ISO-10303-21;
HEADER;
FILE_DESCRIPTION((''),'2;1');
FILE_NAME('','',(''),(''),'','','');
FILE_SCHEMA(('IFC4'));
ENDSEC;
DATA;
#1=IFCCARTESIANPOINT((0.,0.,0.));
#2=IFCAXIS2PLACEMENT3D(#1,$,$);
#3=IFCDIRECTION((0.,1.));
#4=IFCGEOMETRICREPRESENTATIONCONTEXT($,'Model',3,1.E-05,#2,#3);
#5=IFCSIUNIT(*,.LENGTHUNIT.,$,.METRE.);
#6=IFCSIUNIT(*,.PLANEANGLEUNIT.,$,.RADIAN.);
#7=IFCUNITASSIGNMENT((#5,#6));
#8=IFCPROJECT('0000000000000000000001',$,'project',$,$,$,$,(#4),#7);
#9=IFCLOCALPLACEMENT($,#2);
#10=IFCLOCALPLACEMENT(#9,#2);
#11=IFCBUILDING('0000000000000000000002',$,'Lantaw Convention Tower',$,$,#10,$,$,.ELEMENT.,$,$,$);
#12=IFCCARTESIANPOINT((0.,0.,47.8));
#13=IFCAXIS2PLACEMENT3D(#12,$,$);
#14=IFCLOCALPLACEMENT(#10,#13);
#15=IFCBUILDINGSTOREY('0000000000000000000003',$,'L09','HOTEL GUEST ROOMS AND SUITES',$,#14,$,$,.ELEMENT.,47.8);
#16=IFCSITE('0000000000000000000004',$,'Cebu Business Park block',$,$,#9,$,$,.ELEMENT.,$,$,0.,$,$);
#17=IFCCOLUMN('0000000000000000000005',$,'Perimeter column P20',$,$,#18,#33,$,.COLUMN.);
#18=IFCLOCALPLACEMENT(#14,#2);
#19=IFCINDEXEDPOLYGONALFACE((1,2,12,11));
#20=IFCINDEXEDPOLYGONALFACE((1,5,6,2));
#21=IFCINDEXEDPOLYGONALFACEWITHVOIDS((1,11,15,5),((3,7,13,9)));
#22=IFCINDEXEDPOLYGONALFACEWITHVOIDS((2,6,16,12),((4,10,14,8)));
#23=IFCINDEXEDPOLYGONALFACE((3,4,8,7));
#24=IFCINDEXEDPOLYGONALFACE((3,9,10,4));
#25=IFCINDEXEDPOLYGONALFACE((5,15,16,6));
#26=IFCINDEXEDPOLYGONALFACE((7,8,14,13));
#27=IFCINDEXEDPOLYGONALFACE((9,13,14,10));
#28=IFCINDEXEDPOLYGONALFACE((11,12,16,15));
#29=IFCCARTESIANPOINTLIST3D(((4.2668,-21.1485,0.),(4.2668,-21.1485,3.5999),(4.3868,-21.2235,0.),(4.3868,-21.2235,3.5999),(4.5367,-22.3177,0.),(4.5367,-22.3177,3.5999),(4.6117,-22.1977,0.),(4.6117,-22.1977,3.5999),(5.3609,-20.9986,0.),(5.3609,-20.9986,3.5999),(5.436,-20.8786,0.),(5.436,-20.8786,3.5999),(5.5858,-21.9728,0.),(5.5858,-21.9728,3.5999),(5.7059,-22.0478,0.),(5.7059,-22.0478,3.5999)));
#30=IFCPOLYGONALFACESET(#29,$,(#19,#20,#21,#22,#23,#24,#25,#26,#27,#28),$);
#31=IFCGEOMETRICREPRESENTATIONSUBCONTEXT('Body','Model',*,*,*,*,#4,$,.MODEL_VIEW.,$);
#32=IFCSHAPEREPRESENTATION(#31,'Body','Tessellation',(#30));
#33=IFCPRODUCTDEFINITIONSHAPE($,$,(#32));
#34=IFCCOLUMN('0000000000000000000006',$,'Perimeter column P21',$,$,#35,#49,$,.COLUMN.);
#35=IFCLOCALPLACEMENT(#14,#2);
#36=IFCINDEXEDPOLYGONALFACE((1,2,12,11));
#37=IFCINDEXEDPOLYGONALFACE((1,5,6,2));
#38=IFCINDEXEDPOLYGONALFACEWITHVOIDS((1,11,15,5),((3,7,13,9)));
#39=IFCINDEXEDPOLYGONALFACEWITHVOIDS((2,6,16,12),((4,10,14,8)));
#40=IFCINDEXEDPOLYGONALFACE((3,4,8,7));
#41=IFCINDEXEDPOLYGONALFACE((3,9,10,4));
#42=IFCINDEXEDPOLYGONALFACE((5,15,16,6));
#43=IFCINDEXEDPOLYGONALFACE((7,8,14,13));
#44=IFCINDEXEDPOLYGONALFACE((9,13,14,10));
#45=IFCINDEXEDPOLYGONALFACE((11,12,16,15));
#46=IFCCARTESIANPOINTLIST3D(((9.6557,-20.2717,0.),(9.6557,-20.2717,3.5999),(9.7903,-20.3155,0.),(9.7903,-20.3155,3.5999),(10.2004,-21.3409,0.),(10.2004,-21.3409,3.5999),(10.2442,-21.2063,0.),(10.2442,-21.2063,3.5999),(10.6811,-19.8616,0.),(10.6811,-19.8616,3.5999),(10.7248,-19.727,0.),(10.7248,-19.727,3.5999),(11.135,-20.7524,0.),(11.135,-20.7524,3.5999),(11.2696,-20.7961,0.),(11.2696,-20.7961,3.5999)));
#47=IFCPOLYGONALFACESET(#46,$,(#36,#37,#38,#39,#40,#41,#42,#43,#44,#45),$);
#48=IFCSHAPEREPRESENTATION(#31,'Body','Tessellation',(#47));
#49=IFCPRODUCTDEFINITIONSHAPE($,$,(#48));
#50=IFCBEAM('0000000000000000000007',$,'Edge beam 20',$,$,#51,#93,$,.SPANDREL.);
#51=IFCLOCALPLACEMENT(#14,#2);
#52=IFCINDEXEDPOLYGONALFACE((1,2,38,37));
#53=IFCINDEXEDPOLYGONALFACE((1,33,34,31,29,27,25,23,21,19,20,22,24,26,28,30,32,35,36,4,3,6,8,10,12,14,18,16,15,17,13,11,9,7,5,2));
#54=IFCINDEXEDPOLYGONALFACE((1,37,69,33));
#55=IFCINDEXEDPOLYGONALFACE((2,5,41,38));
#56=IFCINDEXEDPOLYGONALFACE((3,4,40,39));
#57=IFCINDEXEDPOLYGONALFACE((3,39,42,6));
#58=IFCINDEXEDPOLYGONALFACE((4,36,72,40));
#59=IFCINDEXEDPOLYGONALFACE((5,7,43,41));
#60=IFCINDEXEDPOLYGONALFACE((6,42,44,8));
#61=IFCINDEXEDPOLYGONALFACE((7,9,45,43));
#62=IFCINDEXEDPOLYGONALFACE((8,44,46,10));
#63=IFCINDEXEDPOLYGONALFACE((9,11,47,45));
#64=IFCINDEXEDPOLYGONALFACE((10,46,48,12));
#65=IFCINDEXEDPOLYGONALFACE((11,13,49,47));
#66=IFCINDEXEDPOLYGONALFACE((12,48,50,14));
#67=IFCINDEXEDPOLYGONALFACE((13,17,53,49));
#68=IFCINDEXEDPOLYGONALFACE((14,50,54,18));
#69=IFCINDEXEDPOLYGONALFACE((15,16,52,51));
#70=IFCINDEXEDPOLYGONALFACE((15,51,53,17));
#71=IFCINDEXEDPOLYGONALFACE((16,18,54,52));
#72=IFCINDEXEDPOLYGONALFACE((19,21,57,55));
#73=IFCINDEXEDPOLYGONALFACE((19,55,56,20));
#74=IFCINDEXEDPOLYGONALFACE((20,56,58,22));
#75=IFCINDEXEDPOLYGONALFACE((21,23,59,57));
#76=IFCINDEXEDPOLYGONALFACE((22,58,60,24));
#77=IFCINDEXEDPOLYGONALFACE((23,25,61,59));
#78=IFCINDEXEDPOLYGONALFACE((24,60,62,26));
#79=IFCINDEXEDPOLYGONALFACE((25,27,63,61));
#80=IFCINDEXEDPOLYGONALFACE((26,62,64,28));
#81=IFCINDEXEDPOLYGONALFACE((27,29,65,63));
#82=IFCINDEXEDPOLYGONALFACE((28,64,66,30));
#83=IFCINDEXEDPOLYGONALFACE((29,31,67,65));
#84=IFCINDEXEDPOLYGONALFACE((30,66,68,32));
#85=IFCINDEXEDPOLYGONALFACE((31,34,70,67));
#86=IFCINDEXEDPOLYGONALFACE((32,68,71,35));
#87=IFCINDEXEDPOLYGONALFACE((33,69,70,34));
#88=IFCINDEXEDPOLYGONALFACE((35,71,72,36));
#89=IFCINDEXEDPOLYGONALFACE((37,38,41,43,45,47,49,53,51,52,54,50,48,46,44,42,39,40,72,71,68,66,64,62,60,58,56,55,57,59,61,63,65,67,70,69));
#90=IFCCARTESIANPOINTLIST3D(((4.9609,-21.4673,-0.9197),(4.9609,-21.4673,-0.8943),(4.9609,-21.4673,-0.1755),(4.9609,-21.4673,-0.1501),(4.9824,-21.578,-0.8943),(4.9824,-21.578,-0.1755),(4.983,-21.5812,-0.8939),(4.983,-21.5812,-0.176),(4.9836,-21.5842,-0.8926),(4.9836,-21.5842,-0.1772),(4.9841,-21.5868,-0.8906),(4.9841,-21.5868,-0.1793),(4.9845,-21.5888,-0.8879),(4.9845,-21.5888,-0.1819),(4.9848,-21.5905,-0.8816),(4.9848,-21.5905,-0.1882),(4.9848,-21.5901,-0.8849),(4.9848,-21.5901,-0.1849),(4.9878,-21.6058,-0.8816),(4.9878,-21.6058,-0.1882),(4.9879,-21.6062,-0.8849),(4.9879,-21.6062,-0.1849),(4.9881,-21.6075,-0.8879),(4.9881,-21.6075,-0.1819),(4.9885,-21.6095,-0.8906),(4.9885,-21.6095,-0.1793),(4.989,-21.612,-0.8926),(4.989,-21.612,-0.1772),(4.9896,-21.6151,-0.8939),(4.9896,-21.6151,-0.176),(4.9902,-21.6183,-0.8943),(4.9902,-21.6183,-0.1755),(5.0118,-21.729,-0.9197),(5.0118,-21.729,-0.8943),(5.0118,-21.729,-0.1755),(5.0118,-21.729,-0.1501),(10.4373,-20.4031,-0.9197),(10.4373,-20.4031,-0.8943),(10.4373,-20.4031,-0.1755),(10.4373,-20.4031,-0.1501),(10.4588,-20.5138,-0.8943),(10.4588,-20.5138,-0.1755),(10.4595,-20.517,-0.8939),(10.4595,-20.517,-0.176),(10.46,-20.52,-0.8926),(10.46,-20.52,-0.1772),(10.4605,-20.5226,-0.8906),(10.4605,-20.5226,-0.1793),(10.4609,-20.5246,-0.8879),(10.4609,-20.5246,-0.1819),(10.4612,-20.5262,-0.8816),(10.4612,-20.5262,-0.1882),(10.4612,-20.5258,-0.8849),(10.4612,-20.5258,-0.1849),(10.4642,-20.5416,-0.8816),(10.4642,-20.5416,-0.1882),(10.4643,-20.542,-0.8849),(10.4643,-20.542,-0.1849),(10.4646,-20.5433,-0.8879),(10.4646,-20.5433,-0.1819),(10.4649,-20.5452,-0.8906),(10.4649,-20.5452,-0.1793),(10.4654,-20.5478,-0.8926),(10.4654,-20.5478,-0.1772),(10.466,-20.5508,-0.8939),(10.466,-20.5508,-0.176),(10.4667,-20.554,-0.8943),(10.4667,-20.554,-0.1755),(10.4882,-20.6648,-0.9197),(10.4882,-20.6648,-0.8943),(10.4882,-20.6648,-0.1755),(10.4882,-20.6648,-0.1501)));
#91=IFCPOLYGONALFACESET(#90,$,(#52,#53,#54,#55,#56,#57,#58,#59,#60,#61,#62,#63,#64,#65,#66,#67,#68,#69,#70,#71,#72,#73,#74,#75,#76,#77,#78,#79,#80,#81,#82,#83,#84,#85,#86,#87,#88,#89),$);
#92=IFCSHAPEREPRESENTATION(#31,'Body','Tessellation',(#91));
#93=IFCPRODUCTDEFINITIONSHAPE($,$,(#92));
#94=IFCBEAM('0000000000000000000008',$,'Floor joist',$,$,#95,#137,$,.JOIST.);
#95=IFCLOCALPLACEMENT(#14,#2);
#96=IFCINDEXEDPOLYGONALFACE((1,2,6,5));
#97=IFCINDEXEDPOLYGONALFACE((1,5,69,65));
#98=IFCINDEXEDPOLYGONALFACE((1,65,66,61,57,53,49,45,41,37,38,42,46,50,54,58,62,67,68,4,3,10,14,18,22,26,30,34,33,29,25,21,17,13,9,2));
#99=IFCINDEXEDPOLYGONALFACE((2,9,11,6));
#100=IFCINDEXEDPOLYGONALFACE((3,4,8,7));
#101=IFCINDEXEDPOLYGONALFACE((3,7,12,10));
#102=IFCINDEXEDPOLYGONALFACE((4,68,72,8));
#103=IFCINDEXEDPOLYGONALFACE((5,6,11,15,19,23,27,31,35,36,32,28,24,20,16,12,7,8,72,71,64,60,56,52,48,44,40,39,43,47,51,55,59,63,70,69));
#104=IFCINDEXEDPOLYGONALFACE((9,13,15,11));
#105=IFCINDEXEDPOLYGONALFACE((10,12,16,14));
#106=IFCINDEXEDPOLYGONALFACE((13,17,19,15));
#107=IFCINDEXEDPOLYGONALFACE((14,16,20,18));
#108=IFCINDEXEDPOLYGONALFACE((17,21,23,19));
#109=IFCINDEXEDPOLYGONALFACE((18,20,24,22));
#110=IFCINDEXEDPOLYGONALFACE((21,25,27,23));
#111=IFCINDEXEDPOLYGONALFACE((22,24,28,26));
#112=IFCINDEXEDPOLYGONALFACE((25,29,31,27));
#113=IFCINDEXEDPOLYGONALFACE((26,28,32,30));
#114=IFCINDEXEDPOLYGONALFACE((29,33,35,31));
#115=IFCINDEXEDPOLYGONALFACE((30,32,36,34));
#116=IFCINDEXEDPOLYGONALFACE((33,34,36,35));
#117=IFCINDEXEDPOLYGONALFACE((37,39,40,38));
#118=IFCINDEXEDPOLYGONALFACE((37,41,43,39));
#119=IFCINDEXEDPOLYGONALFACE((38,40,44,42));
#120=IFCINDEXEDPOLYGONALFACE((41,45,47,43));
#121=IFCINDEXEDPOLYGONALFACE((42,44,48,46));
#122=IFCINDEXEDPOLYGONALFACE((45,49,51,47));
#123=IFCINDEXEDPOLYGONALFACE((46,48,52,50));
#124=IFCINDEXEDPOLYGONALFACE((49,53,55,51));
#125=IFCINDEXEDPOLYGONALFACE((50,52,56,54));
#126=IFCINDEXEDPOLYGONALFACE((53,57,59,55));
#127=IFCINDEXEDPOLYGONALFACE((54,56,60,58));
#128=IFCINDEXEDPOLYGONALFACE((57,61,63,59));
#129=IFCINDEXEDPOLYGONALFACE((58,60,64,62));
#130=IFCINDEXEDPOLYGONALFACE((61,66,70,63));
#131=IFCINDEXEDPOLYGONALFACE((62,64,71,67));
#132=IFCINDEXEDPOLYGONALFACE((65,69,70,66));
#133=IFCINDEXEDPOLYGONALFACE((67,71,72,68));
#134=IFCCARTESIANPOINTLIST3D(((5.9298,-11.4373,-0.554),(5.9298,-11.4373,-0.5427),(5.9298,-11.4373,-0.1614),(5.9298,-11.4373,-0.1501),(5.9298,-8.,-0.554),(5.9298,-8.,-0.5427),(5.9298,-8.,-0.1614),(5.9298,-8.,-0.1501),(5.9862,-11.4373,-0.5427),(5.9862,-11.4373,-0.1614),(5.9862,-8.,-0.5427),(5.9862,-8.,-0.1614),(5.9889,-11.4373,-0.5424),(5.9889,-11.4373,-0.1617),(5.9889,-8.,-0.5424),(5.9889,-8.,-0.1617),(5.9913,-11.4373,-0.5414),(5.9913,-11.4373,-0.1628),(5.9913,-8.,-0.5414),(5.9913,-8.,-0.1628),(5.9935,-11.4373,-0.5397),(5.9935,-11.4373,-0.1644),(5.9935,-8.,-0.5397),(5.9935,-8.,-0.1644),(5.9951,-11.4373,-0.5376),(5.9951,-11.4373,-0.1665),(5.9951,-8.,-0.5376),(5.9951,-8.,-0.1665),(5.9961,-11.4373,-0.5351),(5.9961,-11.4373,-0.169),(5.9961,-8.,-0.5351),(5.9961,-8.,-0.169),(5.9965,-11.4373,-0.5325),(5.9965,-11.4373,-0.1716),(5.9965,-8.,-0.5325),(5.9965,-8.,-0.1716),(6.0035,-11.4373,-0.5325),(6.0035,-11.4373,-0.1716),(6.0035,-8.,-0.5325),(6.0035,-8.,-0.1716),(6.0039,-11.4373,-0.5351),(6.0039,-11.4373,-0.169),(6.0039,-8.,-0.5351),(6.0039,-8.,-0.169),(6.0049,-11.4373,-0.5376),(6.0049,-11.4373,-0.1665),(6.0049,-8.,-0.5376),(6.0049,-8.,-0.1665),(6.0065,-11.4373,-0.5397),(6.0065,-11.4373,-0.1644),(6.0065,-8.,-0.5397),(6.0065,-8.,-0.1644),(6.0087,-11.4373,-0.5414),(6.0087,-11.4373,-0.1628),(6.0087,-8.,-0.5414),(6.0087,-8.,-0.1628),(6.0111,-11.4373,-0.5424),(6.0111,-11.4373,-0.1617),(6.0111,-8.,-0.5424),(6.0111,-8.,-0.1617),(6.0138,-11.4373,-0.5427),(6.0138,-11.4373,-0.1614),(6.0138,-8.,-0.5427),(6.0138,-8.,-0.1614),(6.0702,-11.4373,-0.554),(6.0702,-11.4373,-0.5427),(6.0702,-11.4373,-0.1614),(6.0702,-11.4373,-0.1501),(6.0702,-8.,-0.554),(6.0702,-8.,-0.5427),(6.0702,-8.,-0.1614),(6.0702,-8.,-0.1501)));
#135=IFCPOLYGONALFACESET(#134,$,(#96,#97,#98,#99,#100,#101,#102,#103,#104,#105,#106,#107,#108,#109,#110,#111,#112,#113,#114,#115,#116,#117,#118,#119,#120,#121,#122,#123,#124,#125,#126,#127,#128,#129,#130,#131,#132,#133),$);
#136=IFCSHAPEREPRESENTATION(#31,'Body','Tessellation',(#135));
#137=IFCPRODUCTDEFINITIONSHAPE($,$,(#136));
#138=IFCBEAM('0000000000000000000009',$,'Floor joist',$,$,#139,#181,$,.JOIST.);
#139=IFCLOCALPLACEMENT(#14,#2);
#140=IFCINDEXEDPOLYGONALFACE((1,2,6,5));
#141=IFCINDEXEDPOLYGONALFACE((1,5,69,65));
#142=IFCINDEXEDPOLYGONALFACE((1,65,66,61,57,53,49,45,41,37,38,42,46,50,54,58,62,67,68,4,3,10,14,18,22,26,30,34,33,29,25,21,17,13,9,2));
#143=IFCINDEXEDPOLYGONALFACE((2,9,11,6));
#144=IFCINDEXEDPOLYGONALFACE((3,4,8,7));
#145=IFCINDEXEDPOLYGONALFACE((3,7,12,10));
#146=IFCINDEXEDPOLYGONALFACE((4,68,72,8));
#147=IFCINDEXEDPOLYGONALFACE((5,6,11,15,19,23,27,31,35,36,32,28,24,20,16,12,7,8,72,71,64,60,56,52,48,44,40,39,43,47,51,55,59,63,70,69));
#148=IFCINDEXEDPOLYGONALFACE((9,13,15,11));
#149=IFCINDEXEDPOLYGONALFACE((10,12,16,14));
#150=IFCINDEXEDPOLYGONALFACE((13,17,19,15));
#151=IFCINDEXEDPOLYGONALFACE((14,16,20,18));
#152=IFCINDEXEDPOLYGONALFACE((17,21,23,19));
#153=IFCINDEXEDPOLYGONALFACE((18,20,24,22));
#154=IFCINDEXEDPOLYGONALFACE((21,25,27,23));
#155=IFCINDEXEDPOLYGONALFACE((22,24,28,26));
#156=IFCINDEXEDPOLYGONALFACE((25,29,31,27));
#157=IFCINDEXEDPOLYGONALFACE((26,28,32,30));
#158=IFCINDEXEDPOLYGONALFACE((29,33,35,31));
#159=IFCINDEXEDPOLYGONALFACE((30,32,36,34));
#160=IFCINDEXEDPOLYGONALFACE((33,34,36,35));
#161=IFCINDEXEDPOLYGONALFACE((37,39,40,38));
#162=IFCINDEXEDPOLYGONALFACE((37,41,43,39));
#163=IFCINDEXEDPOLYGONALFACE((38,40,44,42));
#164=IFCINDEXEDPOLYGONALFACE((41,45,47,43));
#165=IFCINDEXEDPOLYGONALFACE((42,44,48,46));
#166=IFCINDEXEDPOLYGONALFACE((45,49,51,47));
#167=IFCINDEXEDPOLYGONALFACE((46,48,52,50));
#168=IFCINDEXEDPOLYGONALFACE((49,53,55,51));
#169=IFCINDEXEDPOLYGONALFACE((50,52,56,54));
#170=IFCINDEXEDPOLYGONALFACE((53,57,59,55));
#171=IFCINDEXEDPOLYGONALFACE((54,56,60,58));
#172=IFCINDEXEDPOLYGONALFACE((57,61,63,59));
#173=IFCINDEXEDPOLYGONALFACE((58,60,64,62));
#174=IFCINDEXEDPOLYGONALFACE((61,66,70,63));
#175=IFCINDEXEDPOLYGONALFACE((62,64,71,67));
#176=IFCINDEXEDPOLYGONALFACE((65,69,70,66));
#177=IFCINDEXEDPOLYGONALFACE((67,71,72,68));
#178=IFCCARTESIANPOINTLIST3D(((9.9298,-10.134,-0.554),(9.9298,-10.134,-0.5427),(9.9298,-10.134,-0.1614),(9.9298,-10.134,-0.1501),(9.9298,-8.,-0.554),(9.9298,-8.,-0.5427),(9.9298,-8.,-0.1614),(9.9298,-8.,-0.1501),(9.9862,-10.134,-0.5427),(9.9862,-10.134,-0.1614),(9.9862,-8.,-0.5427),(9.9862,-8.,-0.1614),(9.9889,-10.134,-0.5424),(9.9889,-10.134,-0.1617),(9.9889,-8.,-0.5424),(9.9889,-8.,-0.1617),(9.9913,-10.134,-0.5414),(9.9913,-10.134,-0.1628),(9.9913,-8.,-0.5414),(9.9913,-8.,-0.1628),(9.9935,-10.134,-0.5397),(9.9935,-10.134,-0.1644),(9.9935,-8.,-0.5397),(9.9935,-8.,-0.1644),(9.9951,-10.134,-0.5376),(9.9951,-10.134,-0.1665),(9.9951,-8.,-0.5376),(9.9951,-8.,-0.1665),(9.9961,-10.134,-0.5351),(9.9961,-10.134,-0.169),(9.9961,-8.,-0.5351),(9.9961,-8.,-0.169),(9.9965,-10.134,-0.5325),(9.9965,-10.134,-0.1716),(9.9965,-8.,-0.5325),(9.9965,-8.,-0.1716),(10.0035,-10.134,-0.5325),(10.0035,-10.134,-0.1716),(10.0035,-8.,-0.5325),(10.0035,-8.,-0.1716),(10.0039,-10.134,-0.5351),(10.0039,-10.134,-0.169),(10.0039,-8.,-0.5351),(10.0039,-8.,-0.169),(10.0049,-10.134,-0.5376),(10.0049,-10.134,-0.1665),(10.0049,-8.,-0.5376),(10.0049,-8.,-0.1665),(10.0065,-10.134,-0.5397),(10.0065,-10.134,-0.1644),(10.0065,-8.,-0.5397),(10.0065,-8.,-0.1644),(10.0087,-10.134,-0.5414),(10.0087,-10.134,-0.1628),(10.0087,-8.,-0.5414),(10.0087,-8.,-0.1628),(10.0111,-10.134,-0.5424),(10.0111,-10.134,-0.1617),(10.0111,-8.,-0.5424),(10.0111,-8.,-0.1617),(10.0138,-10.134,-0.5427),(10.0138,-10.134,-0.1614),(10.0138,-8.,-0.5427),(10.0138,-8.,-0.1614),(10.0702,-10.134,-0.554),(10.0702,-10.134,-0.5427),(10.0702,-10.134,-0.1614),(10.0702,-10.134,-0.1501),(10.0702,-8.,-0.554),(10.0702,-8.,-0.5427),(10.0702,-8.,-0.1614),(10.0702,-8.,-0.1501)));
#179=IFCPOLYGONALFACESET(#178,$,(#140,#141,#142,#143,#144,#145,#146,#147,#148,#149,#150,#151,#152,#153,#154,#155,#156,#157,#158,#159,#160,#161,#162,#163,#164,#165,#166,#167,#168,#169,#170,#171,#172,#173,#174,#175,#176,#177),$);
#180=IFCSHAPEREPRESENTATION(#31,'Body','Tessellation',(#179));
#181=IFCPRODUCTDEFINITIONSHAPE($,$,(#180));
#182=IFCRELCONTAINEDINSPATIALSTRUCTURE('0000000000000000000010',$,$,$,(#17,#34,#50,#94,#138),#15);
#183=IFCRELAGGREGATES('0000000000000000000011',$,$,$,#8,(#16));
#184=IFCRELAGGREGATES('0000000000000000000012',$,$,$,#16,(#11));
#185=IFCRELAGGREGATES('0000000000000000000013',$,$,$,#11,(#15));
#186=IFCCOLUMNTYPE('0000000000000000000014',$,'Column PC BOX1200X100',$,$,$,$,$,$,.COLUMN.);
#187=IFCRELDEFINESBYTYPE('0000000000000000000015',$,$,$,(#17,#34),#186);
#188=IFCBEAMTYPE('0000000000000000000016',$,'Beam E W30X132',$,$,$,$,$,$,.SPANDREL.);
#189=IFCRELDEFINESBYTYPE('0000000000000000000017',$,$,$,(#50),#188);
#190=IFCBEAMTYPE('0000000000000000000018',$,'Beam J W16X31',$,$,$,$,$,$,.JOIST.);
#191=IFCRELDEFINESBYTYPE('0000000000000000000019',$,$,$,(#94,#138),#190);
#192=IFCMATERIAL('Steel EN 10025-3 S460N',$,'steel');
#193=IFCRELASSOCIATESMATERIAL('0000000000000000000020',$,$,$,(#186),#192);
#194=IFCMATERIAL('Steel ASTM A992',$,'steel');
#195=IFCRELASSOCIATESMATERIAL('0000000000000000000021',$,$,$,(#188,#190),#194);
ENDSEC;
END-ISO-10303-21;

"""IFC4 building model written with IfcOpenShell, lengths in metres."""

from ifc_helpers import new_model, si_unit, direction, frame, origin, origin_2d, place, context, subcontext, project, spatial, rectangle, hollow_rectangle, i_section, extrude, material, material_profile, profile_set, type_object, element, save


model = new_model("IFC4")

# Units and contexts
model_context = context("Model", 3, precision=1e-05, world=origin(), true_north=direction((0.0, 1.0)))
body_context = subcontext(model_context, "Body", "Model", "MODEL_VIEW")
ifc_project = project(units=[si_unit("LENGTHUNIT", "METRE"), si_unit("PLANEANGLEUNIT", "RADIAN")], contexts=[model_context])

# Site, building, storey
site_placement = place(None, origin())
site = spatial("IfcSite", under=ifc_project, at=site_placement, Name="Cebu Business Park block", CompositionType="ELEMENT", RefElevation=0.0)
building_placement = place(site_placement, origin())
building = spatial("IfcBuilding", under=site, at=building_placement, Name="Lantaw Convention Tower", CompositionType="ELEMENT")
storey_placement = place(building_placement, frame((0.0, 0.0, 47.8)))
storey = spatial("IfcBuildingStorey", under=building, at=storey_placement, Name="L09", Description="HOTEL GUEST ROOMS AND SUITES", CompositionType="ELEMENT", Elevation=47.8)

# Columns
ifc_material_1 = material(Name="Steel EN 10025-3 S460N", Category="steel")
ifc_material_profile_1 = material_profile(ifc_material_1, hollow_rectangle(XDim=1.2, YDim=1.2, WallThickness=0.1001, at=origin_2d()), Name="BOX1200X100")
ifc_material_2 = material(Name="Concrete C60/75", Category="concrete")
ifc_material_profile_2 = material_profile(ifc_material_2, rectangle(XDim=1.0, YDim=1.0, at=origin_2d()), Name="Concrete fill of BOX1200X100")
ifc_profile_set_1 = profile_set([ifc_material_profile_1, ifc_material_profile_2], Name="Steel EN 10025-3 S460N")
column_type = type_object("IfcColumnType", Name="Column PC BOX1200X100", PredefinedType="COLUMN", material=ifc_profile_set_1)
for number, where, z_axis, x_axis, name in (
    (1, (4.9863, -21.5981, 0.0), (0.0, 0.0, 1.0), (0.97437, 0.224951, 0.0), "Perimeter column P20"),
    (2, (10.4626, -20.5339, 0.0), (0.0, 0.0, 1.0), (0.891007, 0.45399, 0.0), "Perimeter column P21"),
):
    element("IfcColumn", number, at=place(storey_placement, frame(where, z_axis=z_axis, x_axis=x_axis)), inside=storey, type_object=column_type, Name=name, PredefinedType="COLUMN", context=body_context, shape_type="SweptSolid", body=[
        extrude(hollow_rectangle(XDim=1.2, YDim=1.2, WallThickness=0.1001, at=origin_2d()), origin(), (0.0, 0.0, 1.0), 3.5999),
    ])

# Beams
ifc_material_3 = material(Name="Steel ASTM A992", Category="steel")
ifc_material_profile_3 = material_profile(ifc_material_3, i_section(OverallWidth=0.2666, OverallDepth=0.7695, WebThickness=0.0156, FlangeThickness=0.0254, FilletRadius=0.0127, at=origin_2d()), Name="W30X132")
ifc_profile_set_2 = profile_set([ifc_material_profile_3], Name="Steel ASTM A992")
beam_type_1 = type_object("IfcBeamType", Name="Beam E W30X132", PredefinedType="SPANDREL", material=ifc_profile_set_2)
beam_1_placement = place(storey_placement, frame((4.9863, -21.5981, -0.5349), z_axis=(0.981637, 0.190761, 0.0), x_axis=(-0.190761, 0.981637, 0.0)))
element("IfcBeam", 3, at=beam_1_placement, inside=storey, type_object=beam_type_1, Name="Edge beam 20", PredefinedType="SPANDREL", context=body_context, shape_type="SweptSolid", body=[
    extrude(i_section(OverallWidth=0.2666, OverallDepth=0.7695, WebThickness=0.0156, FlangeThickness=0.0254, FilletRadius=0.0127, at=origin_2d()), origin(), (0.0, 0.0, 1.0), 5.5789),
])
ifc_material_profile_4 = material_profile(ifc_material_3, i_section(OverallWidth=0.1404, OverallDepth=0.4038, WebThickness=0.0071, FlangeThickness=0.0112, FilletRadius=0.0103, at=origin_2d()), Name="W16X31")
ifc_profile_set_3 = profile_set([ifc_material_profile_4], Name="Steel ASTM A992")
beam_type_2 = type_object("IfcBeamType", Name="Beam J W16X31", PredefinedType="JOIST", material=ifc_profile_set_3)
beam_2_placement = place(storey_placement, frame((6.0, -11.4373, -0.3521), z_axis=(0.0, 1.0, 0.0), x_axis=(-1.0, 0.0, 0.0)))
element("IfcBeam", 4, at=beam_2_placement, inside=storey, type_object=beam_type_2, Name="Floor joist", PredefinedType="JOIST", context=body_context, shape_type="SweptSolid", body=[
    extrude(i_section(OverallWidth=0.1404, OverallDepth=0.4038, WebThickness=0.0071, FlangeThickness=0.0112, FilletRadius=0.0103, at=origin_2d()), origin(), (0.0, 0.0, 1.0), 3.4373),
])
beam_3_placement = place(storey_placement, frame((10.0, -10.134, -0.3521), z_axis=(0.0, 1.0, 0.0), x_axis=(-1.0, 0.0, 0.0)))
element("IfcBeam", 5, at=beam_3_placement, inside=storey, type_object=beam_type_2, Name="Floor joist", PredefinedType="JOIST", context=body_context, shape_type="SweptSolid", body=[
    extrude(i_section(OverallWidth=0.1404, OverallDepth=0.4038, WebThickness=0.0071, FlangeThickness=0.0112, FilletRadius=0.0103, at=origin_2d()), origin(), (0.0, 0.0, 1.0), 2.134),
])

save(model, "model.ifc")
